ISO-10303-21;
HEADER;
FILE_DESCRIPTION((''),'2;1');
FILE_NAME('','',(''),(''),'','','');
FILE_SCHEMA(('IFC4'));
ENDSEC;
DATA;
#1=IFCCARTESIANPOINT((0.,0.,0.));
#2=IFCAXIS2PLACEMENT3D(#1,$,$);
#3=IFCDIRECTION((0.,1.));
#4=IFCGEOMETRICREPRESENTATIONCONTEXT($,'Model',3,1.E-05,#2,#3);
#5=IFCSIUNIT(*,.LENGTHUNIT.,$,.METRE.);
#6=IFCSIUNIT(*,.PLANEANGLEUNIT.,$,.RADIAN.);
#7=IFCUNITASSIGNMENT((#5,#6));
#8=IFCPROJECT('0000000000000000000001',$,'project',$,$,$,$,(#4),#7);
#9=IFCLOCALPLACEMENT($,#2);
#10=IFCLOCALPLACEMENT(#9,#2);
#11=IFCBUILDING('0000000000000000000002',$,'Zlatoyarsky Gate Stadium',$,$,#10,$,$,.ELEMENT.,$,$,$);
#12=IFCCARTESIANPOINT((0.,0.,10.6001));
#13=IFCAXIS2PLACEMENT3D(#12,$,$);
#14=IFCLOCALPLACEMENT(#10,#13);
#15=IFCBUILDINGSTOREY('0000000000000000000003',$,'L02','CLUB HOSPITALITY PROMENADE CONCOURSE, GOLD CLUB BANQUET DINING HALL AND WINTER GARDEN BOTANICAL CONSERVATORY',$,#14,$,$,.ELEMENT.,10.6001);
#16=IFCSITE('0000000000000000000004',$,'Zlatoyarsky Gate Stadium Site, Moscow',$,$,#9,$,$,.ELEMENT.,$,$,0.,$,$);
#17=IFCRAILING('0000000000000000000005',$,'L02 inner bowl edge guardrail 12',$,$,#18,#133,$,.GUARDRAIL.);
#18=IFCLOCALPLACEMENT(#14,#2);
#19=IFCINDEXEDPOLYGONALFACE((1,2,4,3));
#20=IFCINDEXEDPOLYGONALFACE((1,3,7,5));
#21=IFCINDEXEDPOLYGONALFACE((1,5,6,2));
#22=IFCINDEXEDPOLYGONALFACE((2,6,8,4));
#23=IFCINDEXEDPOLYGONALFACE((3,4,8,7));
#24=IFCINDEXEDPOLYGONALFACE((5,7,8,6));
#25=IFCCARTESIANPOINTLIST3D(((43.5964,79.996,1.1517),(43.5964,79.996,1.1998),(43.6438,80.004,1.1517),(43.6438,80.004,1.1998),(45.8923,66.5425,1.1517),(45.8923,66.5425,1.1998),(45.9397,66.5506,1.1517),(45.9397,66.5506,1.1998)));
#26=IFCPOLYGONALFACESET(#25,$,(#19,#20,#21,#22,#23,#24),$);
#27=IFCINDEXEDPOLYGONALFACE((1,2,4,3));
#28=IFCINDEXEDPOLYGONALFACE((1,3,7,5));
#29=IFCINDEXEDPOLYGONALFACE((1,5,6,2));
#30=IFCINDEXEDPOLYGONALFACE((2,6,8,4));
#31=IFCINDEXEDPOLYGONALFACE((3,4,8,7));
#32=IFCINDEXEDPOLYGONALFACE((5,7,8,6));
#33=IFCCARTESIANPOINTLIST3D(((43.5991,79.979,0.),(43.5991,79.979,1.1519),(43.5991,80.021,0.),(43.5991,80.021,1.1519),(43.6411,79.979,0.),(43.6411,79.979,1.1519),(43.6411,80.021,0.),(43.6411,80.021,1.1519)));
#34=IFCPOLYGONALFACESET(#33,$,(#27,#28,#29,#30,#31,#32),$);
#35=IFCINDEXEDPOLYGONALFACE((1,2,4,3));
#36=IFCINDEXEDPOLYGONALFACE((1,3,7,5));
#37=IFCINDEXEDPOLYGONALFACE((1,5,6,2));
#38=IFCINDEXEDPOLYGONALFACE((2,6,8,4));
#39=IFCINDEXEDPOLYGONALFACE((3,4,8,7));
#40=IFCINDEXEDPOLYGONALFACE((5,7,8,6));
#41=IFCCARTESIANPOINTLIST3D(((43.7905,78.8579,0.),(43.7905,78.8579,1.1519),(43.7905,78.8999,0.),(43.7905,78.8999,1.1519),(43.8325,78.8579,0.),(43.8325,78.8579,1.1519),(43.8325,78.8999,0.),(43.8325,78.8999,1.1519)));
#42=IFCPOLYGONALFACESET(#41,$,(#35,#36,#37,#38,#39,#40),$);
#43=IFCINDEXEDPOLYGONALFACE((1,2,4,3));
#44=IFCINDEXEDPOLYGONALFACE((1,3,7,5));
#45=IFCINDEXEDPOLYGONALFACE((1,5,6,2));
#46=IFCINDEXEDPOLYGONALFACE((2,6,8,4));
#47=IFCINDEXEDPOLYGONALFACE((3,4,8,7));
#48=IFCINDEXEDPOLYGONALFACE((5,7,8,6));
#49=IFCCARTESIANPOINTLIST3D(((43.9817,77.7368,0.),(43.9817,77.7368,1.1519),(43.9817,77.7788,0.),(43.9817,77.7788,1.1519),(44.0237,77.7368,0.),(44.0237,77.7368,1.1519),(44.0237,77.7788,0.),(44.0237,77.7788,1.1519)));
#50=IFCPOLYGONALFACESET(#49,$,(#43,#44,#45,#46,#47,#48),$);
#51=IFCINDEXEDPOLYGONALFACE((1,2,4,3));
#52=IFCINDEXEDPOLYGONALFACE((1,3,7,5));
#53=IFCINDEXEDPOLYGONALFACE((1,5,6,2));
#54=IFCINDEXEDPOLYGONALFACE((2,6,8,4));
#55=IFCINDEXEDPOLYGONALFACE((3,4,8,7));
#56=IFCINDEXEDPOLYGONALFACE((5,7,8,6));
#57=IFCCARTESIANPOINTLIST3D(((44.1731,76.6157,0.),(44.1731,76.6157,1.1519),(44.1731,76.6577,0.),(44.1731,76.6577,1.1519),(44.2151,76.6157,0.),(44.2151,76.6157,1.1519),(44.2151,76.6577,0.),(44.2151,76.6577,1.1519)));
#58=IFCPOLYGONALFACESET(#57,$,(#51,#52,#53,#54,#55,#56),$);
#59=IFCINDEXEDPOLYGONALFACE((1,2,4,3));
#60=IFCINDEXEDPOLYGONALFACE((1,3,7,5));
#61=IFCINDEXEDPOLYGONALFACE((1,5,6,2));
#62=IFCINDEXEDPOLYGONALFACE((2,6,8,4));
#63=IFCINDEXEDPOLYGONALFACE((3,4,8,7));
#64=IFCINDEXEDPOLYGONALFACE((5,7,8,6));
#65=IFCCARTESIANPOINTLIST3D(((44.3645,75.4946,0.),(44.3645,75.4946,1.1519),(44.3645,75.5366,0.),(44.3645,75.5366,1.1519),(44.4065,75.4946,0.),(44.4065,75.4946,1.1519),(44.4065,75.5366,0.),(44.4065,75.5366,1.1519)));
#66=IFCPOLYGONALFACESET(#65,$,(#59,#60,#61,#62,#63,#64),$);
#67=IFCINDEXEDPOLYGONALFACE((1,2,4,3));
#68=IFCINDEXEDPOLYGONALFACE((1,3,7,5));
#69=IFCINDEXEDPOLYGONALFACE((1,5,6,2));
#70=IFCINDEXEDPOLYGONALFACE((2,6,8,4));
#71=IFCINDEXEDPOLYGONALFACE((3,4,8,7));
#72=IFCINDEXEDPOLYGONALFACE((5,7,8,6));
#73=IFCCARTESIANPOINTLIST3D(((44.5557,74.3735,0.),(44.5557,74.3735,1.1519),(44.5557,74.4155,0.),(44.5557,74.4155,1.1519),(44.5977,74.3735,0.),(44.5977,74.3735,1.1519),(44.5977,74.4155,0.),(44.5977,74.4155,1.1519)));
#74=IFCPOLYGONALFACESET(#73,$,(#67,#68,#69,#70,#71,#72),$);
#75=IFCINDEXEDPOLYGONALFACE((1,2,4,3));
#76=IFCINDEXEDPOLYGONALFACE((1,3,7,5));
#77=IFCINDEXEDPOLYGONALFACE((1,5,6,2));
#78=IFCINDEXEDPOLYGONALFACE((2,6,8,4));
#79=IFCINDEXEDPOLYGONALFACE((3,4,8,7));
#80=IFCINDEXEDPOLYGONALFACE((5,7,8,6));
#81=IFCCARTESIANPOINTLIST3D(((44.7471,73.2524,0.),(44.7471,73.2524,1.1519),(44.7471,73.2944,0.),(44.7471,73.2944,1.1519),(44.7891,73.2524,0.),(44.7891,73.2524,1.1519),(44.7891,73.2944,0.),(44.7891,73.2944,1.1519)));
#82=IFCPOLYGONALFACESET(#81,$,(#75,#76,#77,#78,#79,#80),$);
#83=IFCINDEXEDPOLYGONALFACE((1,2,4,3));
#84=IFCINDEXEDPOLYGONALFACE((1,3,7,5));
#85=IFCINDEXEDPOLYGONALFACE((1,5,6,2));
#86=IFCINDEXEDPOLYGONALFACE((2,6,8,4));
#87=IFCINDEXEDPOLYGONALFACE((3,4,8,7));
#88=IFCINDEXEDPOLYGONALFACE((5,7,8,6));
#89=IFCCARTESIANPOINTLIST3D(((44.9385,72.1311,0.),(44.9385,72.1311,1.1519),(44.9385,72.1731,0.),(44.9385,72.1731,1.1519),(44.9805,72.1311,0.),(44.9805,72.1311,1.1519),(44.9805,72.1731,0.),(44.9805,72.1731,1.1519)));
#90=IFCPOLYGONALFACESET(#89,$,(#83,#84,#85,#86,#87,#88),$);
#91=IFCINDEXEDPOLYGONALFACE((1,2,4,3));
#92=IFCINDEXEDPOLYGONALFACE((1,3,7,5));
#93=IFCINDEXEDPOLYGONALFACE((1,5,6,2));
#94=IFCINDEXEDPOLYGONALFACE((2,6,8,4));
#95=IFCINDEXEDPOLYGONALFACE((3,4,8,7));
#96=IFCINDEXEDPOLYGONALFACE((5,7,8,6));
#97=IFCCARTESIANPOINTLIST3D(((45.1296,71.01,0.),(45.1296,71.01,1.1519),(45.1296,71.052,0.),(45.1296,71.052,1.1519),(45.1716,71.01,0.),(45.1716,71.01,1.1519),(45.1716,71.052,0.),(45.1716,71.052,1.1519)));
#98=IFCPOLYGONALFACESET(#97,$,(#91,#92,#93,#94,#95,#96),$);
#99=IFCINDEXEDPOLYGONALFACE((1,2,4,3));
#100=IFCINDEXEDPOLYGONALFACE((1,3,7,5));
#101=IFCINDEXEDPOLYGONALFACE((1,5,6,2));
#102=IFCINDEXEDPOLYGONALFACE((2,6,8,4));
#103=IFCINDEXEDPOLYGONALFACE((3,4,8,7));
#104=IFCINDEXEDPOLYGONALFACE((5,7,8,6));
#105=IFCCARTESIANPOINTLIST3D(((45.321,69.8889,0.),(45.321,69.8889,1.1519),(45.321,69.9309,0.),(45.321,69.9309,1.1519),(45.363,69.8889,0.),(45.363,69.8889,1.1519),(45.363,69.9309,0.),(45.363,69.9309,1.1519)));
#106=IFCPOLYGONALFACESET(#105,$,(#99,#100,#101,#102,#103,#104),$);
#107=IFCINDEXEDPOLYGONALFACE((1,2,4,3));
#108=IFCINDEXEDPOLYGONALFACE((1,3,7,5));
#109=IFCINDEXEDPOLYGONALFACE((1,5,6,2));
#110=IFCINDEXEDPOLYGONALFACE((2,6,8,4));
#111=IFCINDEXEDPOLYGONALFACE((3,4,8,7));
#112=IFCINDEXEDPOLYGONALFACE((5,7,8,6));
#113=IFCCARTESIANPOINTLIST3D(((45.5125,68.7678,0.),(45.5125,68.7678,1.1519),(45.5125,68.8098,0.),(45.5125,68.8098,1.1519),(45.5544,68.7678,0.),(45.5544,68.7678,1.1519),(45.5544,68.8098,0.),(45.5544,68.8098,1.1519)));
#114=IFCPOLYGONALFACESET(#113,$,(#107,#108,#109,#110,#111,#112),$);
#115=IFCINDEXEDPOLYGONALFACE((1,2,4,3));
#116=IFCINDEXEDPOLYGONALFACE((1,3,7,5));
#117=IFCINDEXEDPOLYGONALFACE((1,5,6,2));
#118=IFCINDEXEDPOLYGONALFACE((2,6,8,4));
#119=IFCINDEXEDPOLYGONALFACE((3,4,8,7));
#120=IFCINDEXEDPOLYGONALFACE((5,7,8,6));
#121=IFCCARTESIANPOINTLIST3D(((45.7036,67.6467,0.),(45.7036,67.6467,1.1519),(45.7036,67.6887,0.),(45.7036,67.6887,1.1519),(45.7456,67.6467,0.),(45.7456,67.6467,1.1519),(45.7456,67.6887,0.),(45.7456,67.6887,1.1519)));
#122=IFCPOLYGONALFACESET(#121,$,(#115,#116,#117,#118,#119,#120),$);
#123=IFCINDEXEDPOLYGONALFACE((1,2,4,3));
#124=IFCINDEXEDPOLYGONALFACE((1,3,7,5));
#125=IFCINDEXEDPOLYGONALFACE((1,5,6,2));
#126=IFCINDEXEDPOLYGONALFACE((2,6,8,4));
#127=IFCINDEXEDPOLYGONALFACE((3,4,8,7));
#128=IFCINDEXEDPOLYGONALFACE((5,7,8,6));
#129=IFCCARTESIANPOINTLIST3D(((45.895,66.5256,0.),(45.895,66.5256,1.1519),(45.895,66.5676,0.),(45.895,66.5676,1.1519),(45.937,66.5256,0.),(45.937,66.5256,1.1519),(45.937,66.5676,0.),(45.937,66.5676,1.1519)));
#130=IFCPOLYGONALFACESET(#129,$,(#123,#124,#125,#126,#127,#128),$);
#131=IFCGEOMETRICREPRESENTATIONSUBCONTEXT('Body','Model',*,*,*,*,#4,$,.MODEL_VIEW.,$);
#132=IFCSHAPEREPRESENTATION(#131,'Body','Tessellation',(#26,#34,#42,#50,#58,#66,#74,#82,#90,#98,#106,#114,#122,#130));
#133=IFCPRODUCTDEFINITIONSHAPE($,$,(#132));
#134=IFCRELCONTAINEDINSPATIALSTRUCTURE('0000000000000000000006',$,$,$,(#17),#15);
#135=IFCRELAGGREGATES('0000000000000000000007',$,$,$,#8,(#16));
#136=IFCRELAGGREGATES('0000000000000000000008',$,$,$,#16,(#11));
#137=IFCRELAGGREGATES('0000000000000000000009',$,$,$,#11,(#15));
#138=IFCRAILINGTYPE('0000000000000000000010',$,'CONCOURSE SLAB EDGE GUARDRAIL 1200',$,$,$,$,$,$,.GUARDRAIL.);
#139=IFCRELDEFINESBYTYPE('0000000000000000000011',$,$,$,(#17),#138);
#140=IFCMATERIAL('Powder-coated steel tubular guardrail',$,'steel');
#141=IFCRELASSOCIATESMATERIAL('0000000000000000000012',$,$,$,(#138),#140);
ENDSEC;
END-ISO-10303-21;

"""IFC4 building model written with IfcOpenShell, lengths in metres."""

from ifc_helpers import new_model, si_unit, direction, frame, origin, origin_2d, place, context, subcontext, project, spatial, rectangle, extrude, material, type_object, element, save


model = new_model("IFC4")

# Units and contexts
model_context = context("Model", 3, precision=1e-05, world=origin(), true_north=direction((0.0, 1.0)))
body_context = subcontext(model_context, "Body", "Model", "MODEL_VIEW")
ifc_project = project(units=[si_unit("LENGTHUNIT", "METRE"), si_unit("PLANEANGLEUNIT", "RADIAN")], contexts=[model_context])

# Site, building, storey
site_placement = place(None, origin())
site = spatial("IfcSite", under=ifc_project, at=site_placement, Name="Zlatoyarsky Gate Stadium Site, Moscow", CompositionType="ELEMENT", RefElevation=0.0)
building_placement = place(site_placement, origin())
building = spatial("IfcBuilding", under=site, at=building_placement, Name="Zlatoyarsky Gate Stadium", CompositionType="ELEMENT")
storey_placement = place(building_placement, frame((0.0, 0.0, 10.6001)))
storey = spatial("IfcBuildingStorey", under=building, at=storey_placement, Name="L02", Description="CLUB HOSPITALITY PROMENADE CONCOURSE, GOLD CLUB BANQUET DINING HALL AND WINTER GARDEN BOTANICAL CONSERVATORY", CompositionType="ELEMENT", Elevation=10.6001)

# Railing
ifc_material_1 = material(Name="Powder-coated steel tubular guardrail", Category="steel")
railing_type = type_object("IfcRailingType", Name="CONCOURSE SLAB EDGE GUARDRAIL 1200", PredefinedType="GUARDRAIL", material=ifc_material_1)
railing_1_placement = place(storey_placement, frame((43.6201, 80.0, 0.0)))
element("IfcRailing", 1, at=railing_1_placement, inside=storey, type_object=railing_type, Name="L02 inner bowl edge guardrail 12", PredefinedType="GUARDRAIL", context=body_context, shape_type="SweptSolid", body=[
    extrude(rectangle(XDim=0.0481, YDim=0.0481, at=origin_2d()), frame((0.0, 0.0, 1.1758), z_axis=(0.168224, -0.985749, 0.0), x_axis=(0.985749, 0.168224, 0.0)), (0.0, 0.0, 1.0), 13.6479),
    extrude(rectangle(XDim=0.042, YDim=0.042, at=origin_2d()), origin(), (0.0, 0.0, 1.0), 1.1519),
    extrude(rectangle(XDim=0.042, YDim=0.042, at=origin_2d()), frame((0.1914, -1.1211, 0.0)), (0.0, 0.0, 1.0), 1.1519),
    extrude(rectangle(XDim=0.042, YDim=0.042, at=origin_2d()), frame((0.3826, -2.2422, 0.0)), (0.0, 0.0, 1.0), 1.1519),
    extrude(rectangle(XDim=0.042, YDim=0.042, at=origin_2d()), frame((0.574, -3.3633, 0.0)), (0.0, 0.0, 1.0), 1.1519),
    extrude(rectangle(XDim=0.042, YDim=0.042, at=origin_2d()), frame((0.7654, -4.4844, 0.0)), (0.0, 0.0, 1.0), 1.1519),
    extrude(rectangle(XDim=0.042, YDim=0.042, at=origin_2d()), frame((0.9565, -5.6055, 0.0)), (0.0, 0.0, 1.0), 1.1519),
    extrude(rectangle(XDim=0.042, YDim=0.042, at=origin_2d()), frame((1.1479, -6.7266, 0.0)), (0.0, 0.0, 1.0), 1.1519),
    extrude(rectangle(XDim=0.042, YDim=0.042, at=origin_2d()), frame((1.3394, -7.8479, 0.0)), (0.0, 0.0, 1.0), 1.1519),
    extrude(rectangle(XDim=0.042, YDim=0.042, at=origin_2d()), frame((1.5305, -8.969, 0.0)), (0.0, 0.0, 1.0), 1.1519),
    extrude(rectangle(XDim=0.042, YDim=0.042, at=origin_2d()), frame((1.7219, -10.0901, 0.0)), (0.0, 0.0, 1.0), 1.1519),
    extrude(rectangle(XDim=0.042, YDim=0.042, at=origin_2d()), frame((1.9133, -11.2112, 0.0)), (0.0, 0.0, 1.0), 1.1519),
    extrude(rectangle(XDim=0.042, YDim=0.042, at=origin_2d()), frame((2.1045, -12.3323, 0.0)), (0.0, 0.0, 1.0), 1.1519),
    extrude(rectangle(XDim=0.042, YDim=0.042, at=origin_2d()), frame((2.2959, -13.4534, 0.0)), (0.0, 0.0, 1.0), 1.1519),
])

save(model, "model.ifc")
